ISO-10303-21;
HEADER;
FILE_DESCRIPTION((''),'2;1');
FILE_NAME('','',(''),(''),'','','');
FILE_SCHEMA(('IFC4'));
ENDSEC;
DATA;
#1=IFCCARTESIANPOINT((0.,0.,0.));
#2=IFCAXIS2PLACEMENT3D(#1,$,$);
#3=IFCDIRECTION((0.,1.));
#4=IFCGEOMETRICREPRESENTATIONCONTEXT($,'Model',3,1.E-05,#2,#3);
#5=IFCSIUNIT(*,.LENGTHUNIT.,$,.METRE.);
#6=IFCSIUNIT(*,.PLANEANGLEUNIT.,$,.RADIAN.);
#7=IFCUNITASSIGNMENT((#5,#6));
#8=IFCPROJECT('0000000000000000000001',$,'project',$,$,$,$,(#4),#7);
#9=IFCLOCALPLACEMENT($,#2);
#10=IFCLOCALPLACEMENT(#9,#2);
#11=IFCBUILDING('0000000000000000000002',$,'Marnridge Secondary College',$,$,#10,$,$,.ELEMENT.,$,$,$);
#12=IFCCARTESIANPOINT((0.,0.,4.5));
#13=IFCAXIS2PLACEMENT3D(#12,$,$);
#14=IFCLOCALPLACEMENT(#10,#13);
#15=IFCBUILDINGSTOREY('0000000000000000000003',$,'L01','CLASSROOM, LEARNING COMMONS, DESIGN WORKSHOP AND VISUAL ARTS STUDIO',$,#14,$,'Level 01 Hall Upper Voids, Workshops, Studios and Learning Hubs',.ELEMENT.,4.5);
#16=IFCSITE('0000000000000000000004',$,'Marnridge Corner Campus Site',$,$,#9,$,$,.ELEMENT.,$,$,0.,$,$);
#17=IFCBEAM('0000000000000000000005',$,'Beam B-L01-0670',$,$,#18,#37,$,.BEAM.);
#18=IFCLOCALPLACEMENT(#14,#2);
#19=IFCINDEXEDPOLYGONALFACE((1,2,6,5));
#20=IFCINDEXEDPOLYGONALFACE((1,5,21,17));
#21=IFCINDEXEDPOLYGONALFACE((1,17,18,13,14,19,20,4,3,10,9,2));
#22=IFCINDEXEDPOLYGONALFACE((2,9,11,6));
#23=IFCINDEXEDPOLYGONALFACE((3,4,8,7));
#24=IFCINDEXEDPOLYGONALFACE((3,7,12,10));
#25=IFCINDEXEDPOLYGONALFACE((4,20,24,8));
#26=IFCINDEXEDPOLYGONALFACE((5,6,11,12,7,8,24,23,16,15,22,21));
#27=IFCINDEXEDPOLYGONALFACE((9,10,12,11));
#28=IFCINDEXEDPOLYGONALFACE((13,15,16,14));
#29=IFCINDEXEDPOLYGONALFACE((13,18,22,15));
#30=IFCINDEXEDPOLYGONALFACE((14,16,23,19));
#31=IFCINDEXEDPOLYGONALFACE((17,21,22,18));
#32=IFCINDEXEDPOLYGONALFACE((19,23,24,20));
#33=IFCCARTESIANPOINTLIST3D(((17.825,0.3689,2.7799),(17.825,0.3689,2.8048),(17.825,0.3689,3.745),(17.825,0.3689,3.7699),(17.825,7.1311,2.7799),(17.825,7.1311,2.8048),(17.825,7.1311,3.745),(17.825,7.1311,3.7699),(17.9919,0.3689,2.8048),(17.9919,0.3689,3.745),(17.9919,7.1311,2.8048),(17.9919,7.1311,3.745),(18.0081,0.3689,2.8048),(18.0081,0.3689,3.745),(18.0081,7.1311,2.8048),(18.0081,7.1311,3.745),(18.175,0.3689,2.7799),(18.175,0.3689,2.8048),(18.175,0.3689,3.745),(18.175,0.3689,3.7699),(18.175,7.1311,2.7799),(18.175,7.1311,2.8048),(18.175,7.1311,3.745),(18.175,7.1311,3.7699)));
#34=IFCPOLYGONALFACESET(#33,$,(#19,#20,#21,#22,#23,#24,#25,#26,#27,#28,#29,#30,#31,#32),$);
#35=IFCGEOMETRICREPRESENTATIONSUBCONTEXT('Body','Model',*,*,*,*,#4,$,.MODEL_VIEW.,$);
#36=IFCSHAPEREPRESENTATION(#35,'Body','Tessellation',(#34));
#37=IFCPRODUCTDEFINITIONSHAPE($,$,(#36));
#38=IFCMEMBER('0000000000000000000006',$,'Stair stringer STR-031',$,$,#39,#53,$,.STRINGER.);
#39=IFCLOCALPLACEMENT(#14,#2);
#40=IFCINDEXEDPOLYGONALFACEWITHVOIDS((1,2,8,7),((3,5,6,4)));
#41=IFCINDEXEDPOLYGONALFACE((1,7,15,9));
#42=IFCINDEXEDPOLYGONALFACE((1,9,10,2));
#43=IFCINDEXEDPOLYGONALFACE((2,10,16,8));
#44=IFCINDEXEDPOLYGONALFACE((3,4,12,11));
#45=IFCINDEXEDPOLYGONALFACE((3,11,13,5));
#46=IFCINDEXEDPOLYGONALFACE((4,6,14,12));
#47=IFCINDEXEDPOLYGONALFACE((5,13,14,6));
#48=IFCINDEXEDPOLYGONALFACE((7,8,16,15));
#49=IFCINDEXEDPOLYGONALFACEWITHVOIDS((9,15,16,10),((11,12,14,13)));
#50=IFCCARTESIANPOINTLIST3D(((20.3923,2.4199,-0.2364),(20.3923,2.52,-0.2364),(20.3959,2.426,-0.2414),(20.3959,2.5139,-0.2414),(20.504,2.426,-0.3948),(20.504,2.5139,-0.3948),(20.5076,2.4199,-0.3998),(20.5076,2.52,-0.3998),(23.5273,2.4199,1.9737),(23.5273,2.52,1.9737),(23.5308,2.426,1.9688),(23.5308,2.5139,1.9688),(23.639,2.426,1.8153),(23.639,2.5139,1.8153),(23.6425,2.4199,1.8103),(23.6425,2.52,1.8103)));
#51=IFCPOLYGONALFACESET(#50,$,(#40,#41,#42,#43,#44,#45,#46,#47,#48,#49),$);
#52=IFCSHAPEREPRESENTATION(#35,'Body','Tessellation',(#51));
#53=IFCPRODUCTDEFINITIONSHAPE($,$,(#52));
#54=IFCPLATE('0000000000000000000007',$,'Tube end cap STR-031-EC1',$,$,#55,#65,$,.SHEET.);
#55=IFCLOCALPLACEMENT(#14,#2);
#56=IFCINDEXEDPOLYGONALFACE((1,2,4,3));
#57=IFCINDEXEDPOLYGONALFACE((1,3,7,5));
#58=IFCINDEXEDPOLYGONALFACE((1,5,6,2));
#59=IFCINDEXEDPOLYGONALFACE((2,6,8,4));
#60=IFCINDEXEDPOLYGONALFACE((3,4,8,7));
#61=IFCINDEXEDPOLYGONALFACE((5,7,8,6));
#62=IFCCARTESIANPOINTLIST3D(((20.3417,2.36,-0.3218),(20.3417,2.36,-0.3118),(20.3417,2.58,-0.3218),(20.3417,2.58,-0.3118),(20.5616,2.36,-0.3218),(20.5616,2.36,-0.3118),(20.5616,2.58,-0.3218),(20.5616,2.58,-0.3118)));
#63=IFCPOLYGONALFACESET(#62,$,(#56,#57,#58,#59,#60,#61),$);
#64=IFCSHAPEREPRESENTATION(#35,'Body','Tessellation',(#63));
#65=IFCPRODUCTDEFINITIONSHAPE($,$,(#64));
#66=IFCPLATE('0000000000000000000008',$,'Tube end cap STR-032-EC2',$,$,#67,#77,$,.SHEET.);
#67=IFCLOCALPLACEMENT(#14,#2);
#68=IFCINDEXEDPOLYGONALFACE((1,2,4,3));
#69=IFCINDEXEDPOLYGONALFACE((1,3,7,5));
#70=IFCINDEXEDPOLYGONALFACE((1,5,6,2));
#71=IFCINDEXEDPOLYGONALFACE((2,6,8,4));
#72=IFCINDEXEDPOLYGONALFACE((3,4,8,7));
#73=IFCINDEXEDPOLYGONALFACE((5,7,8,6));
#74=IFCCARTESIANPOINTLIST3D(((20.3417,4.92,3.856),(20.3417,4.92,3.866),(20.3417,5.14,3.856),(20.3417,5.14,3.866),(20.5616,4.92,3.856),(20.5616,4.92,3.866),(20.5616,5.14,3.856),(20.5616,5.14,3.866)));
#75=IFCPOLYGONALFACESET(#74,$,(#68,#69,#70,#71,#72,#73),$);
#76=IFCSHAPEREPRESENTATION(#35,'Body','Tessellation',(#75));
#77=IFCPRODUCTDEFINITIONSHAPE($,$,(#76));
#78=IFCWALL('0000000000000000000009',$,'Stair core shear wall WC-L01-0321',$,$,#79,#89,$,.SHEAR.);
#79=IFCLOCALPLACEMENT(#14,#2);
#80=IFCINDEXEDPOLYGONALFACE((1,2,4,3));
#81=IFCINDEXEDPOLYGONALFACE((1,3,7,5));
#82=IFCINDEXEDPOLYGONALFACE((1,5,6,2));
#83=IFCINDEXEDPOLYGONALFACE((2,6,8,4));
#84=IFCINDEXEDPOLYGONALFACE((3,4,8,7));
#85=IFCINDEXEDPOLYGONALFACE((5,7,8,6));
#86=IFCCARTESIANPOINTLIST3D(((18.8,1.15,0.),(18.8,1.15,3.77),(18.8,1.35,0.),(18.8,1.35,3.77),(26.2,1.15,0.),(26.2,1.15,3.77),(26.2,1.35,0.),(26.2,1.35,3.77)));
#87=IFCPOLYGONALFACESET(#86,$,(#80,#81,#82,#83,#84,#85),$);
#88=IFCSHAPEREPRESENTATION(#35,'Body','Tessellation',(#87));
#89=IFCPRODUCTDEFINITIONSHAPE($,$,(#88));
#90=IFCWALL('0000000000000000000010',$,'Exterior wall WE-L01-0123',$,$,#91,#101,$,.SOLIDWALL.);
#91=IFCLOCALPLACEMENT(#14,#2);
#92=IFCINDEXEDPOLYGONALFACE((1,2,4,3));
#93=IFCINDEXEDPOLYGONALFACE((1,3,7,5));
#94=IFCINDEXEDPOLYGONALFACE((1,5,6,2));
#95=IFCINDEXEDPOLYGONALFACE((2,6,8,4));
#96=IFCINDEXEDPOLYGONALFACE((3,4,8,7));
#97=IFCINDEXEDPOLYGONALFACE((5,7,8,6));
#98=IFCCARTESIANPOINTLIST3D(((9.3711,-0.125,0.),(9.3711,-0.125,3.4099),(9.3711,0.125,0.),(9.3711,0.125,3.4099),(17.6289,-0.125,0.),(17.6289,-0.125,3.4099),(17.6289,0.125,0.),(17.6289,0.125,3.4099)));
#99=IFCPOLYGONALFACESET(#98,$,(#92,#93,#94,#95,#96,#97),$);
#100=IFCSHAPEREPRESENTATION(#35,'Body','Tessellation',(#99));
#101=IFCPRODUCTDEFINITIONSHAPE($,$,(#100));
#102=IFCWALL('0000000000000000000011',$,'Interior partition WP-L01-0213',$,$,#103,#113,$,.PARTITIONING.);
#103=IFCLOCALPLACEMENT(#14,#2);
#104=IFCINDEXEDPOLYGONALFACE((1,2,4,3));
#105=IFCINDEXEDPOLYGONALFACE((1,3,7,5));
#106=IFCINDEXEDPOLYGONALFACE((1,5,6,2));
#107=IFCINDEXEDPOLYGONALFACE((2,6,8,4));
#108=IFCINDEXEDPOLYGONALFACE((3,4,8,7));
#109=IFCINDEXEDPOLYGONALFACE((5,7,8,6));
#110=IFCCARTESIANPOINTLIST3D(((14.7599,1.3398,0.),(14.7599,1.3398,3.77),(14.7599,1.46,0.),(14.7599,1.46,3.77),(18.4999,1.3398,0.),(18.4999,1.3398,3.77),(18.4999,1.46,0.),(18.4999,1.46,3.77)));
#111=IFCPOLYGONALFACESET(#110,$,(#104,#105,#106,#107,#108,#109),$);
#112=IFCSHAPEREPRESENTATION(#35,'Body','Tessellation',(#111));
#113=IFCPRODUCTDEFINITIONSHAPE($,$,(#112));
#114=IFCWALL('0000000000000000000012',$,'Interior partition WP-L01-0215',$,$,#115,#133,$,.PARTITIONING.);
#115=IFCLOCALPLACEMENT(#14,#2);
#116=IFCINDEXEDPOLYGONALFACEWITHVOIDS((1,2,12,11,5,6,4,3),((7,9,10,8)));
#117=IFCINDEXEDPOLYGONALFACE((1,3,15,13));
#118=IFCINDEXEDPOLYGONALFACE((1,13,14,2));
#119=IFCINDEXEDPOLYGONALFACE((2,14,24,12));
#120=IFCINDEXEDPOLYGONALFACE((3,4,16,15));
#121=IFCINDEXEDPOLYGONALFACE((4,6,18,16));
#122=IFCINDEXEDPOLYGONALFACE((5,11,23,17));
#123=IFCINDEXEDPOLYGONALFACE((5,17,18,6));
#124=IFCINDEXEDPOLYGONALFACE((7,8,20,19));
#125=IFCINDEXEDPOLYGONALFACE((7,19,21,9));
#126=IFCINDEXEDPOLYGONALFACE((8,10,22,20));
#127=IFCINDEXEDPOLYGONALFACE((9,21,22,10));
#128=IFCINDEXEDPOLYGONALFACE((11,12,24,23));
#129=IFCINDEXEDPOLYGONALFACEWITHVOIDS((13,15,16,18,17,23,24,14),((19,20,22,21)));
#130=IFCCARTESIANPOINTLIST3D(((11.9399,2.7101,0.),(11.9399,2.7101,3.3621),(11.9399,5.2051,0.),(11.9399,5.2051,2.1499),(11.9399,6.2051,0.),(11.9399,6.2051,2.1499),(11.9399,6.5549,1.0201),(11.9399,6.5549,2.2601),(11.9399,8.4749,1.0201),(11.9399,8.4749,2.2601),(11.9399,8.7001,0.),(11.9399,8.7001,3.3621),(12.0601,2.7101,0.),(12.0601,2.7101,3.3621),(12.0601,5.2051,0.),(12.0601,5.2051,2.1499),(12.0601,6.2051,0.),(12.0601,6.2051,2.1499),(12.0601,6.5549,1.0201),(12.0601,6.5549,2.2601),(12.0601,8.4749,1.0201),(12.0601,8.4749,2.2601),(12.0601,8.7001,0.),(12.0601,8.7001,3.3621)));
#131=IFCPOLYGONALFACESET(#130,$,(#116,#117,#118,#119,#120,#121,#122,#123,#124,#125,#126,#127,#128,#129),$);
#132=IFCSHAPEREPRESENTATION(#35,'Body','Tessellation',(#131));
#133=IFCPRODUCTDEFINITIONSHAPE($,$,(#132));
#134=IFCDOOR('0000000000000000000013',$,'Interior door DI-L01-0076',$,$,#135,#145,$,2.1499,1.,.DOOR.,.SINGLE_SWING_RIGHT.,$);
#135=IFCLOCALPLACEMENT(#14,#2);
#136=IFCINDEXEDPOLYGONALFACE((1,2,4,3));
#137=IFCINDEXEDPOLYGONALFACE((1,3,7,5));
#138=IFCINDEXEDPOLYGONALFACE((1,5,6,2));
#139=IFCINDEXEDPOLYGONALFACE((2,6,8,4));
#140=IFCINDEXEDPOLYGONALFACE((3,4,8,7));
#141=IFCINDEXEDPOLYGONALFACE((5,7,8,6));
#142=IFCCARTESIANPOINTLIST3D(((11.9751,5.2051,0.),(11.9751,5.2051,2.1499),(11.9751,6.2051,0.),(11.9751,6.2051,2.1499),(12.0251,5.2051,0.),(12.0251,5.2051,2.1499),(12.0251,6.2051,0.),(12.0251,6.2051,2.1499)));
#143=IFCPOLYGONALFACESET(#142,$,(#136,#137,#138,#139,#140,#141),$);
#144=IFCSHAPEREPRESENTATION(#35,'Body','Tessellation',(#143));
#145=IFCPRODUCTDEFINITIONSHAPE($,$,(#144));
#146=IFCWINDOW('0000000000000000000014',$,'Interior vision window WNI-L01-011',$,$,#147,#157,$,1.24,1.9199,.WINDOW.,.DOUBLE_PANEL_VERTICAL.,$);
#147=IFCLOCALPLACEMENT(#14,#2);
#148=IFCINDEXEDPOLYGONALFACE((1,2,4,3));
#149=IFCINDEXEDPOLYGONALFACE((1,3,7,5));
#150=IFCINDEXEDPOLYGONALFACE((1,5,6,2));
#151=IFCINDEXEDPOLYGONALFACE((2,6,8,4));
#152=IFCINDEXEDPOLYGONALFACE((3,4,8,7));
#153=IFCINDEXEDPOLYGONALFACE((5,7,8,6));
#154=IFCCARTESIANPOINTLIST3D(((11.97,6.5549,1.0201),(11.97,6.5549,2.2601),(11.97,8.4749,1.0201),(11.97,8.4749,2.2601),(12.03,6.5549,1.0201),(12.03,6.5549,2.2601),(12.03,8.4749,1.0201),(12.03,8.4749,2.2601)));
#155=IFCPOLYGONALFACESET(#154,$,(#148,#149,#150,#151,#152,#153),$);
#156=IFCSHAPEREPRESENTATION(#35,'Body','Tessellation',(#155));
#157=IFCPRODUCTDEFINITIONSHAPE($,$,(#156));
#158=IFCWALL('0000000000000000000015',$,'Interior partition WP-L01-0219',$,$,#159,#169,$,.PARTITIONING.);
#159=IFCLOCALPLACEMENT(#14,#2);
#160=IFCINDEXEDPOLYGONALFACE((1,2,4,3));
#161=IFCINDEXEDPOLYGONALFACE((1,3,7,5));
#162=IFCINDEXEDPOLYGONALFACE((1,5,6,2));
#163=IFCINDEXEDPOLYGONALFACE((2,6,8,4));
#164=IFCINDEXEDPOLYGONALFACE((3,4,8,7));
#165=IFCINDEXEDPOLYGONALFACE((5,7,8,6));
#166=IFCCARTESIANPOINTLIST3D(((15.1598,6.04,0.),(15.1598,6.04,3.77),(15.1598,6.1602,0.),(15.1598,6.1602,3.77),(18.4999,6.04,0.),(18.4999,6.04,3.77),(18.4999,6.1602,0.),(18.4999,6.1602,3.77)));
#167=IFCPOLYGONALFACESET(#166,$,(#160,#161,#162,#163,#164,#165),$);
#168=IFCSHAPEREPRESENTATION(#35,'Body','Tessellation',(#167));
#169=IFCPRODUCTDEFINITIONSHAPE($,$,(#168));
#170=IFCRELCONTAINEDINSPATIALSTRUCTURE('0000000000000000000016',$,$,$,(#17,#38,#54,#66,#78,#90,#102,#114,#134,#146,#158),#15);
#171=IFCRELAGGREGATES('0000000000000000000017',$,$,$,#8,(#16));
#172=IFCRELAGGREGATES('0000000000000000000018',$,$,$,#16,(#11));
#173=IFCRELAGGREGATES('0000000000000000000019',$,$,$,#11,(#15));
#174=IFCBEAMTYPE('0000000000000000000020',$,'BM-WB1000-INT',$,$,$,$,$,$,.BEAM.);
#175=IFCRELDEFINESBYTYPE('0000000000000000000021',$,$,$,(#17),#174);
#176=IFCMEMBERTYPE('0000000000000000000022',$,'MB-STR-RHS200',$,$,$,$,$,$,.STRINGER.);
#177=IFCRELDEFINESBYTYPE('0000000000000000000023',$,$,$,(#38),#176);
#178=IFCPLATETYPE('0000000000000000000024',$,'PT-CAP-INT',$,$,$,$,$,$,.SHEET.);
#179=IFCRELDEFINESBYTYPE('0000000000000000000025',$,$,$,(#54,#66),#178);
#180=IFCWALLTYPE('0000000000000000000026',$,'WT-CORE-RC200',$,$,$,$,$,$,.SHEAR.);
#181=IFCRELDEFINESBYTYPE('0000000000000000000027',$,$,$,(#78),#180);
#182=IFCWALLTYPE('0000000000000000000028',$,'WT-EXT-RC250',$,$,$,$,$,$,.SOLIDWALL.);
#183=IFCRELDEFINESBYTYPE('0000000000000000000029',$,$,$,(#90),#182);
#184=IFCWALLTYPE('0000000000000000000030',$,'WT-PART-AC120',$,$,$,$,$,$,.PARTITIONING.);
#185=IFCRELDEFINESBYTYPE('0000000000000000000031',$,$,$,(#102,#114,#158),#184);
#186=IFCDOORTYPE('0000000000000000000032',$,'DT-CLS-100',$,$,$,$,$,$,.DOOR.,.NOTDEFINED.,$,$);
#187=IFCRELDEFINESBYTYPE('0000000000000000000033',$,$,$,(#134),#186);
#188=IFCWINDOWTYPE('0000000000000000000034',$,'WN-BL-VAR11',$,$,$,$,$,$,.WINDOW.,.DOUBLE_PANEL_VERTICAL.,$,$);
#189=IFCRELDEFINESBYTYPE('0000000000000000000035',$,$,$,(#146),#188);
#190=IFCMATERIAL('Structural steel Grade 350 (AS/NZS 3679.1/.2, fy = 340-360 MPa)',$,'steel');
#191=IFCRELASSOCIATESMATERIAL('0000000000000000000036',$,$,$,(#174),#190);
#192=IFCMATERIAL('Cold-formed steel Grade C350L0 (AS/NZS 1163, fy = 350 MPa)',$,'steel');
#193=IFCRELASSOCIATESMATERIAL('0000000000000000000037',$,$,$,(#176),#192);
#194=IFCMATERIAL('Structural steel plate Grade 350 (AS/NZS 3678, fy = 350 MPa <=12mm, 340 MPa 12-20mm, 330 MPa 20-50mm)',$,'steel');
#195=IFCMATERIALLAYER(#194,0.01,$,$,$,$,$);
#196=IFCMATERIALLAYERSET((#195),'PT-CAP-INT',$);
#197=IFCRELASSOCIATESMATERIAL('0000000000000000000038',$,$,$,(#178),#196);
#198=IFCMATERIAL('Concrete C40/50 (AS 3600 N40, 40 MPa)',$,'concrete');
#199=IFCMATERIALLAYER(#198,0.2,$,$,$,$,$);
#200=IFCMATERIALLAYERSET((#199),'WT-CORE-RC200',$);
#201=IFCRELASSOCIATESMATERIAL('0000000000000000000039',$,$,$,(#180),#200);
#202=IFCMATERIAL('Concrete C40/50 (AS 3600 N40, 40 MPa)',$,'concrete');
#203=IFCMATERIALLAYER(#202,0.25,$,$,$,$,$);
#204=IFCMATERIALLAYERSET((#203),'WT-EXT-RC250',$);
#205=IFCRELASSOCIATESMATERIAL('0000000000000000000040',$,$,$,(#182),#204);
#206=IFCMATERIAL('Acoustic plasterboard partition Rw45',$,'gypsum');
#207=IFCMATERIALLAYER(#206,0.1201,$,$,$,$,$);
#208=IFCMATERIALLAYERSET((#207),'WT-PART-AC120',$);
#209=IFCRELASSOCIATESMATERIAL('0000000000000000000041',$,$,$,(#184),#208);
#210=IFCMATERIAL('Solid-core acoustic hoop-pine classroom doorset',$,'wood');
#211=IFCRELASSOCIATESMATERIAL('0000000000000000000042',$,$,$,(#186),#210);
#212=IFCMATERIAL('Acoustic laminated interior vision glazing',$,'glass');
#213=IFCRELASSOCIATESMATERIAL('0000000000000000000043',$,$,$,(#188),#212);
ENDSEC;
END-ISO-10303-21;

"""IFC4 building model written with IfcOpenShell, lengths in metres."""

from ifc_helpers import new_model, si_unit, direction, frame, frame_2d, origin, origin_2d, place, context, subcontext, project, spatial, rectangle, hollow_rectangle, i_section, extrude, material, layer, layer_set, material_profile, profile_set, type_object, element, fill, save


model = new_model("IFC4")

# Units and contexts
model_context = context("Model", 3, precision=1e-05, world=origin(), true_north=direction((0.0, 1.0)))
body_context = subcontext(model_context, "Body", "Model", "MODEL_VIEW")
ifc_project = project(units=[si_unit("LENGTHUNIT", "METRE"), si_unit("PLANEANGLEUNIT", "RADIAN")], contexts=[model_context])

# Site, building, storey
site_placement = place(None, origin())
site = spatial("IfcSite", under=ifc_project, at=site_placement, Name="Marnridge Corner Campus Site", CompositionType="ELEMENT", RefElevation=0.0)
building_placement = place(site_placement, origin())
building = spatial("IfcBuilding", under=site, at=building_placement, Name="Marnridge Secondary College", CompositionType="ELEMENT")
storey_placement = place(building_placement, frame((0.0, 0.0, 4.5)))
storey = spatial("IfcBuildingStorey", under=building, at=storey_placement, Name="L01", Description="CLASSROOM, LEARNING COMMONS, DESIGN WORKSHOP AND VISUAL ARTS STUDIO", LongName="Level 01 Hall Upper Voids, Workshops, Studios and Learning Hubs", CompositionType="ELEMENT", Elevation=4.5)

# Beam
ifc_material_1 = material(Name="Structural steel Grade 350 (AS/NZS 3679.1/.2, fy = 340-360 MPa)", Category="steel")
ifc_material_profile_1 = material_profile(ifc_material_1, i_section(OverallWidth=0.3501, OverallDepth=0.99, WebThickness=0.0161, FlangeThickness=0.0249, at=origin_2d()), Name="1000WB258")
ifc_profile_set_1 = profile_set([ifc_material_profile_1], Name="Structural steel Grade 350 (AS/NZS 3679.1/.2, fy = 340-360 MPa)")
beam_type_1 = type_object("IfcBeamType", Name="BM-WB1000-INT", PredefinedType="BEAM", material=ifc_profile_set_1)
beam_1_placement = place(storey_placement, frame((18.0, 0.3689, 3.2749), z_axis=(0.0, 1.0, 0.0), x_axis=(-1.0, 0.0, 0.0)))
element("IfcBeam", 1, at=beam_1_placement, inside=storey, type_object=beam_type_1, Name="Beam B-L01-0670", PredefinedType="BEAM", context=body_context, shape_type="SweptSolid", body=[
    extrude(i_section(OverallWidth=0.3501, OverallDepth=0.99, WebThickness=0.0161, FlangeThickness=0.0249, at=origin_2d()), origin(), (0.0, 0.0, 1.0), 6.7622),
])

# Member
ifc_material_2 = material(Name="Cold-formed steel Grade C350L0 (AS/NZS 1163, fy = 350 MPa)", Category="steel")
ifc_material_profile_2 = material_profile(ifc_material_2, hollow_rectangle(XDim=0.1001, YDim=0.2, WallThickness=0.0061, at=origin_2d()), Name="200x100x6.0RHS")
ifc_profile_set_2 = profile_set([ifc_material_profile_2], Name="Cold-formed steel Grade C350L0 (AS/NZS 1163, fy = 350 MPa)")
member_type = type_object("IfcMemberType", Name="MB-STR-RHS200", PredefinedType="STRINGER", material=ifc_profile_set_2)
member_placement = place(storey_placement, frame((20.45, 2.47, -0.3181), z_axis=(0.817305, 0.0, 0.576206), x_axis=(0.0, 1.0, 0.0)))
element("IfcMember", 2, at=member_placement, inside=storey, type_object=member_type, Name="Stair stringer STR-031", PredefinedType="STRINGER", context=body_context, shape_type="SweptSolid", body=[
    extrude(hollow_rectangle(XDim=0.1001, YDim=0.2, WallThickness=0.0061, at=origin_2d()), origin(), (0.0, 0.0, 1.0), 3.8357),
])

# Plates
ifc_material_3 = material(Name="Structural steel plate Grade 350 (AS/NZS 3678, fy = 350 MPa <=12mm, 340 MPa 12-20mm, 330 MPa 20-50mm)", Category="steel")
ifc_layer_1 = layer(ifc_material_3, 0.01)
ifc_layer_set_1 = layer_set([ifc_layer_1], Name="PT-CAP-INT")
plate_type = type_object("IfcPlateType", Name="PT-CAP-INT", PredefinedType="SHEET", material=ifc_layer_set_1)
for number, where, z_axis, x_axis, name in (
    (3, (20.4517, 2.47, -0.3218), (0.0, 0.0, 1.0), (1.0, 0.0, 0.0), "Tube end cap STR-031-EC1"),
    (4, (20.4517, 5.03, 3.856), (0.0, 0.0, 1.0), (-1.0, 0.0, 0.0), "Tube end cap STR-032-EC2"),
):
    element("IfcPlate", number, at=place(storey_placement, frame(where, z_axis=z_axis, x_axis=x_axis)), inside=storey, type_object=plate_type, Name=name, PredefinedType="SHEET", context=body_context, shape_type="SweptSolid", body=[
        extrude(rectangle(XDim=0.22, YDim=0.22, at=origin_2d()), origin(), (0.0, 0.0, 1.0), 0.01),
    ])

# Wall
ifc_material_4 = material(Name="Concrete C40/50 (AS 3600 N40, 40 MPa)", Category="concrete")
ifc_layer_2 = layer(ifc_material_4, 0.2)
ifc_layer_set_2 = layer_set([ifc_layer_2], Name="WT-CORE-RC200")
wall_type_1 = type_object("IfcWallType", Name="WT-CORE-RC200", PredefinedType="SHEAR", material=ifc_layer_set_2)
wall_1_placement = place(storey_placement, frame((18.8, 1.25, 0.0), z_axis=(0.0, 0.0, 1.0), x_axis=(1.0, 0.0, 0.0)))
element("IfcWall", 5, at=wall_1_placement, inside=storey, type_object=wall_type_1, Name="Stair core shear wall WC-L01-0321", PredefinedType="SHEAR", context=body_context, shape_type="SweptSolid", body=[
    extrude(rectangle(XDim=7.3999, YDim=0.2, at=frame_2d((3.7, 0.0))), origin(), (0.0, 0.0, 1.0), 3.77),
])

# Walls
ifc_material_5 = material(Name="Concrete C40/50 (AS 3600 N40, 40 MPa)", Category="concrete")
ifc_layer_3 = layer(ifc_material_5, 0.25)
ifc_layer_set_3 = layer_set([ifc_layer_3], Name="WT-EXT-RC250")
wall_type_2 = type_object("IfcWallType", Name="WT-EXT-RC250", PredefinedType="SOLIDWALL", material=ifc_layer_set_3)
wall_2_placement = place(storey_placement, frame((17.6289, 0.0, 0.0), z_axis=(0.0, 0.0, 1.0), x_axis=(-1.0, 0.0, 0.0)))
element("IfcWall", 6, at=wall_2_placement, inside=storey, type_object=wall_type_2, Name="Exterior wall WE-L01-0123", PredefinedType="SOLIDWALL", context=body_context, shape_type="SweptSolid", body=[
    extrude(rectangle(XDim=8.2578, YDim=0.25, at=frame_2d((4.1289, 0.0))), origin(), (0.0, 0.0, 1.0), 3.4099),
])
ifc_material_6 = material(Name="Acoustic plasterboard partition Rw45", Category="gypsum")
ifc_layer_4 = layer(ifc_material_6, 0.1201)
ifc_layer_set_4 = layer_set([ifc_layer_4], Name="WT-PART-AC120")
wall_type_3 = type_object("IfcWallType", Name="WT-PART-AC120", PredefinedType="PARTITIONING", material=ifc_layer_set_4)
wall_3_placement = place(storey_placement, frame((18.5, 1.3999, 0.0), z_axis=(0.0, 0.0, 1.0), x_axis=(-1.0, 0.0, 0.0)))
element("IfcWall", 7, at=wall_3_placement, inside=storey, type_object=wall_type_3, Name="Interior partition WP-L01-0213", PredefinedType="PARTITIONING", context=body_context, shape_type="SweptSolid", body=[
    extrude(rectangle(XDim=3.74, YDim=0.1201, at=frame_2d((1.8701, 0.0))), origin(), (0.0, 0.0, 1.0), 3.77),
])

# Wall, openings, door, window
wall_4_placement = place(storey_placement, frame((12.0, 2.71, 0.0), z_axis=(0.0, 0.0, 1.0), x_axis=(0.0, 1.0, 0.0)))
wall_4 = element("IfcWall", 8, at=wall_4_placement, inside=storey, type_object=wall_type_3, Name="Interior partition WP-L01-0215", PredefinedType="PARTITIONING", context=body_context, shape_type="SweptSolid", body=[
    extrude(rectangle(XDim=5.99, YDim=0.1201, at=frame_2d((2.9951, 0.0))), origin(), (0.0, 0.0, 1.0), 3.3621),
])
opening_1_placement = place(wall_4_placement, frame((2.4951, 0.0, 0.0)))
opening_1 = element("IfcOpeningElement", 9, at=opening_1_placement, cuts=wall_4, PredefinedType="OPENING", context=body_context, shape_type="SweptSolid", body=[
    extrude(rectangle(XDim=1.0, YDim=2.1499, at=frame_2d((0.5, 1.075))), frame((0.0, 0.0701, 0.0), z_axis=(0.0, -1.0, 0.0), x_axis=(1.0, 0.0, 0.0)), (0.0, 0.0, 1.0), 0.1401),
])
opening_2_placement = place(wall_4_placement, frame((3.845, 0.0, 1.02)))
opening_2 = element("IfcOpeningElement", 10, at=opening_2_placement, cuts=wall_4, PredefinedType="OPENING", context=body_context, shape_type="SweptSolid", body=[
    extrude(rectangle(XDim=1.9199, YDim=1.24, at=frame_2d((0.96, 0.6201))), frame((0.0, 0.0701, 0.0), z_axis=(0.0, -1.0, 0.0), x_axis=(1.0, 0.0, 0.0)), (0.0, 0.0, 1.0), 0.1401),
])
ifc_material_7 = material(Name="Solid-core acoustic hoop-pine classroom doorset", Category="wood")
door_type_1 = type_object("IfcDoorType", Name="DT-CLS-100", OperationType="NOTDEFINED", PredefinedType="DOOR", material=ifc_material_7)
door_1_placement = place(opening_1_placement, origin())
door_1 = element("IfcDoor", 11, at=door_1_placement, inside=storey, type_object=door_type_1, Name="Interior door DI-L01-0076", OperationType="SINGLE_SWING_RIGHT", OverallHeight=2.1499, OverallWidth=1.0, PredefinedType="DOOR", context=body_context, shape_type="SweptSolid", body=[
    extrude(rectangle(XDim=1.0, YDim=2.1499, at=frame_2d((0.5, 1.075))), frame((0.0, 0.0249, 0.0), z_axis=(0.0, -1.0, 0.0), x_axis=(1.0, 0.0, 0.0)), (0.0, 0.0, 1.0), 0.05),
])
fill(opening_1, door_1)
ifc_material_8 = material(Name="Acoustic laminated interior vision glazing", Category="glass")
window_type = type_object("IfcWindowType", Name="WN-BL-VAR11", PartitioningType="DOUBLE_PANEL_VERTICAL", PredefinedType="WINDOW", material=ifc_material_8)
window_placement = place(opening_2_placement, origin())
window = element("IfcWindow", 12, at=window_placement, inside=storey, type_object=window_type, Name="Interior vision window WNI-L01-011", OverallHeight=1.24, OverallWidth=1.9199, PartitioningType="DOUBLE_PANEL_VERTICAL", PredefinedType="WINDOW", context=body_context, shape_type="SweptSolid", body=[
    extrude(rectangle(XDim=1.9199, YDim=1.24, at=frame_2d((0.96, 0.6201))), frame((0.0, 0.03, 0.0), z_axis=(0.0, -1.0, 0.0), x_axis=(1.0, 0.0, 0.0)), (0.0, 0.0, 1.0), 0.0601),
])
fill(opening_2, window)

# Wall
wall_5_placement = place(storey_placement, frame((15.1599, 6.1001, 0.0), z_axis=(0.0, 0.0, 1.0), x_axis=(1.0, 0.0, 0.0)))
element("IfcWall", 13, at=wall_5_placement, inside=storey, type_object=wall_type_3, Name="Interior partition WP-L01-0219", PredefinedType="PARTITIONING", context=body_context, shape_type="SweptSolid", body=[
    extrude(rectangle(XDim=3.3401, YDim=0.1201, at=frame_2d((1.6699, 0.0))), origin(), (0.0, 0.0, 1.0), 3.77),
])

save(model, "model.ifc")
